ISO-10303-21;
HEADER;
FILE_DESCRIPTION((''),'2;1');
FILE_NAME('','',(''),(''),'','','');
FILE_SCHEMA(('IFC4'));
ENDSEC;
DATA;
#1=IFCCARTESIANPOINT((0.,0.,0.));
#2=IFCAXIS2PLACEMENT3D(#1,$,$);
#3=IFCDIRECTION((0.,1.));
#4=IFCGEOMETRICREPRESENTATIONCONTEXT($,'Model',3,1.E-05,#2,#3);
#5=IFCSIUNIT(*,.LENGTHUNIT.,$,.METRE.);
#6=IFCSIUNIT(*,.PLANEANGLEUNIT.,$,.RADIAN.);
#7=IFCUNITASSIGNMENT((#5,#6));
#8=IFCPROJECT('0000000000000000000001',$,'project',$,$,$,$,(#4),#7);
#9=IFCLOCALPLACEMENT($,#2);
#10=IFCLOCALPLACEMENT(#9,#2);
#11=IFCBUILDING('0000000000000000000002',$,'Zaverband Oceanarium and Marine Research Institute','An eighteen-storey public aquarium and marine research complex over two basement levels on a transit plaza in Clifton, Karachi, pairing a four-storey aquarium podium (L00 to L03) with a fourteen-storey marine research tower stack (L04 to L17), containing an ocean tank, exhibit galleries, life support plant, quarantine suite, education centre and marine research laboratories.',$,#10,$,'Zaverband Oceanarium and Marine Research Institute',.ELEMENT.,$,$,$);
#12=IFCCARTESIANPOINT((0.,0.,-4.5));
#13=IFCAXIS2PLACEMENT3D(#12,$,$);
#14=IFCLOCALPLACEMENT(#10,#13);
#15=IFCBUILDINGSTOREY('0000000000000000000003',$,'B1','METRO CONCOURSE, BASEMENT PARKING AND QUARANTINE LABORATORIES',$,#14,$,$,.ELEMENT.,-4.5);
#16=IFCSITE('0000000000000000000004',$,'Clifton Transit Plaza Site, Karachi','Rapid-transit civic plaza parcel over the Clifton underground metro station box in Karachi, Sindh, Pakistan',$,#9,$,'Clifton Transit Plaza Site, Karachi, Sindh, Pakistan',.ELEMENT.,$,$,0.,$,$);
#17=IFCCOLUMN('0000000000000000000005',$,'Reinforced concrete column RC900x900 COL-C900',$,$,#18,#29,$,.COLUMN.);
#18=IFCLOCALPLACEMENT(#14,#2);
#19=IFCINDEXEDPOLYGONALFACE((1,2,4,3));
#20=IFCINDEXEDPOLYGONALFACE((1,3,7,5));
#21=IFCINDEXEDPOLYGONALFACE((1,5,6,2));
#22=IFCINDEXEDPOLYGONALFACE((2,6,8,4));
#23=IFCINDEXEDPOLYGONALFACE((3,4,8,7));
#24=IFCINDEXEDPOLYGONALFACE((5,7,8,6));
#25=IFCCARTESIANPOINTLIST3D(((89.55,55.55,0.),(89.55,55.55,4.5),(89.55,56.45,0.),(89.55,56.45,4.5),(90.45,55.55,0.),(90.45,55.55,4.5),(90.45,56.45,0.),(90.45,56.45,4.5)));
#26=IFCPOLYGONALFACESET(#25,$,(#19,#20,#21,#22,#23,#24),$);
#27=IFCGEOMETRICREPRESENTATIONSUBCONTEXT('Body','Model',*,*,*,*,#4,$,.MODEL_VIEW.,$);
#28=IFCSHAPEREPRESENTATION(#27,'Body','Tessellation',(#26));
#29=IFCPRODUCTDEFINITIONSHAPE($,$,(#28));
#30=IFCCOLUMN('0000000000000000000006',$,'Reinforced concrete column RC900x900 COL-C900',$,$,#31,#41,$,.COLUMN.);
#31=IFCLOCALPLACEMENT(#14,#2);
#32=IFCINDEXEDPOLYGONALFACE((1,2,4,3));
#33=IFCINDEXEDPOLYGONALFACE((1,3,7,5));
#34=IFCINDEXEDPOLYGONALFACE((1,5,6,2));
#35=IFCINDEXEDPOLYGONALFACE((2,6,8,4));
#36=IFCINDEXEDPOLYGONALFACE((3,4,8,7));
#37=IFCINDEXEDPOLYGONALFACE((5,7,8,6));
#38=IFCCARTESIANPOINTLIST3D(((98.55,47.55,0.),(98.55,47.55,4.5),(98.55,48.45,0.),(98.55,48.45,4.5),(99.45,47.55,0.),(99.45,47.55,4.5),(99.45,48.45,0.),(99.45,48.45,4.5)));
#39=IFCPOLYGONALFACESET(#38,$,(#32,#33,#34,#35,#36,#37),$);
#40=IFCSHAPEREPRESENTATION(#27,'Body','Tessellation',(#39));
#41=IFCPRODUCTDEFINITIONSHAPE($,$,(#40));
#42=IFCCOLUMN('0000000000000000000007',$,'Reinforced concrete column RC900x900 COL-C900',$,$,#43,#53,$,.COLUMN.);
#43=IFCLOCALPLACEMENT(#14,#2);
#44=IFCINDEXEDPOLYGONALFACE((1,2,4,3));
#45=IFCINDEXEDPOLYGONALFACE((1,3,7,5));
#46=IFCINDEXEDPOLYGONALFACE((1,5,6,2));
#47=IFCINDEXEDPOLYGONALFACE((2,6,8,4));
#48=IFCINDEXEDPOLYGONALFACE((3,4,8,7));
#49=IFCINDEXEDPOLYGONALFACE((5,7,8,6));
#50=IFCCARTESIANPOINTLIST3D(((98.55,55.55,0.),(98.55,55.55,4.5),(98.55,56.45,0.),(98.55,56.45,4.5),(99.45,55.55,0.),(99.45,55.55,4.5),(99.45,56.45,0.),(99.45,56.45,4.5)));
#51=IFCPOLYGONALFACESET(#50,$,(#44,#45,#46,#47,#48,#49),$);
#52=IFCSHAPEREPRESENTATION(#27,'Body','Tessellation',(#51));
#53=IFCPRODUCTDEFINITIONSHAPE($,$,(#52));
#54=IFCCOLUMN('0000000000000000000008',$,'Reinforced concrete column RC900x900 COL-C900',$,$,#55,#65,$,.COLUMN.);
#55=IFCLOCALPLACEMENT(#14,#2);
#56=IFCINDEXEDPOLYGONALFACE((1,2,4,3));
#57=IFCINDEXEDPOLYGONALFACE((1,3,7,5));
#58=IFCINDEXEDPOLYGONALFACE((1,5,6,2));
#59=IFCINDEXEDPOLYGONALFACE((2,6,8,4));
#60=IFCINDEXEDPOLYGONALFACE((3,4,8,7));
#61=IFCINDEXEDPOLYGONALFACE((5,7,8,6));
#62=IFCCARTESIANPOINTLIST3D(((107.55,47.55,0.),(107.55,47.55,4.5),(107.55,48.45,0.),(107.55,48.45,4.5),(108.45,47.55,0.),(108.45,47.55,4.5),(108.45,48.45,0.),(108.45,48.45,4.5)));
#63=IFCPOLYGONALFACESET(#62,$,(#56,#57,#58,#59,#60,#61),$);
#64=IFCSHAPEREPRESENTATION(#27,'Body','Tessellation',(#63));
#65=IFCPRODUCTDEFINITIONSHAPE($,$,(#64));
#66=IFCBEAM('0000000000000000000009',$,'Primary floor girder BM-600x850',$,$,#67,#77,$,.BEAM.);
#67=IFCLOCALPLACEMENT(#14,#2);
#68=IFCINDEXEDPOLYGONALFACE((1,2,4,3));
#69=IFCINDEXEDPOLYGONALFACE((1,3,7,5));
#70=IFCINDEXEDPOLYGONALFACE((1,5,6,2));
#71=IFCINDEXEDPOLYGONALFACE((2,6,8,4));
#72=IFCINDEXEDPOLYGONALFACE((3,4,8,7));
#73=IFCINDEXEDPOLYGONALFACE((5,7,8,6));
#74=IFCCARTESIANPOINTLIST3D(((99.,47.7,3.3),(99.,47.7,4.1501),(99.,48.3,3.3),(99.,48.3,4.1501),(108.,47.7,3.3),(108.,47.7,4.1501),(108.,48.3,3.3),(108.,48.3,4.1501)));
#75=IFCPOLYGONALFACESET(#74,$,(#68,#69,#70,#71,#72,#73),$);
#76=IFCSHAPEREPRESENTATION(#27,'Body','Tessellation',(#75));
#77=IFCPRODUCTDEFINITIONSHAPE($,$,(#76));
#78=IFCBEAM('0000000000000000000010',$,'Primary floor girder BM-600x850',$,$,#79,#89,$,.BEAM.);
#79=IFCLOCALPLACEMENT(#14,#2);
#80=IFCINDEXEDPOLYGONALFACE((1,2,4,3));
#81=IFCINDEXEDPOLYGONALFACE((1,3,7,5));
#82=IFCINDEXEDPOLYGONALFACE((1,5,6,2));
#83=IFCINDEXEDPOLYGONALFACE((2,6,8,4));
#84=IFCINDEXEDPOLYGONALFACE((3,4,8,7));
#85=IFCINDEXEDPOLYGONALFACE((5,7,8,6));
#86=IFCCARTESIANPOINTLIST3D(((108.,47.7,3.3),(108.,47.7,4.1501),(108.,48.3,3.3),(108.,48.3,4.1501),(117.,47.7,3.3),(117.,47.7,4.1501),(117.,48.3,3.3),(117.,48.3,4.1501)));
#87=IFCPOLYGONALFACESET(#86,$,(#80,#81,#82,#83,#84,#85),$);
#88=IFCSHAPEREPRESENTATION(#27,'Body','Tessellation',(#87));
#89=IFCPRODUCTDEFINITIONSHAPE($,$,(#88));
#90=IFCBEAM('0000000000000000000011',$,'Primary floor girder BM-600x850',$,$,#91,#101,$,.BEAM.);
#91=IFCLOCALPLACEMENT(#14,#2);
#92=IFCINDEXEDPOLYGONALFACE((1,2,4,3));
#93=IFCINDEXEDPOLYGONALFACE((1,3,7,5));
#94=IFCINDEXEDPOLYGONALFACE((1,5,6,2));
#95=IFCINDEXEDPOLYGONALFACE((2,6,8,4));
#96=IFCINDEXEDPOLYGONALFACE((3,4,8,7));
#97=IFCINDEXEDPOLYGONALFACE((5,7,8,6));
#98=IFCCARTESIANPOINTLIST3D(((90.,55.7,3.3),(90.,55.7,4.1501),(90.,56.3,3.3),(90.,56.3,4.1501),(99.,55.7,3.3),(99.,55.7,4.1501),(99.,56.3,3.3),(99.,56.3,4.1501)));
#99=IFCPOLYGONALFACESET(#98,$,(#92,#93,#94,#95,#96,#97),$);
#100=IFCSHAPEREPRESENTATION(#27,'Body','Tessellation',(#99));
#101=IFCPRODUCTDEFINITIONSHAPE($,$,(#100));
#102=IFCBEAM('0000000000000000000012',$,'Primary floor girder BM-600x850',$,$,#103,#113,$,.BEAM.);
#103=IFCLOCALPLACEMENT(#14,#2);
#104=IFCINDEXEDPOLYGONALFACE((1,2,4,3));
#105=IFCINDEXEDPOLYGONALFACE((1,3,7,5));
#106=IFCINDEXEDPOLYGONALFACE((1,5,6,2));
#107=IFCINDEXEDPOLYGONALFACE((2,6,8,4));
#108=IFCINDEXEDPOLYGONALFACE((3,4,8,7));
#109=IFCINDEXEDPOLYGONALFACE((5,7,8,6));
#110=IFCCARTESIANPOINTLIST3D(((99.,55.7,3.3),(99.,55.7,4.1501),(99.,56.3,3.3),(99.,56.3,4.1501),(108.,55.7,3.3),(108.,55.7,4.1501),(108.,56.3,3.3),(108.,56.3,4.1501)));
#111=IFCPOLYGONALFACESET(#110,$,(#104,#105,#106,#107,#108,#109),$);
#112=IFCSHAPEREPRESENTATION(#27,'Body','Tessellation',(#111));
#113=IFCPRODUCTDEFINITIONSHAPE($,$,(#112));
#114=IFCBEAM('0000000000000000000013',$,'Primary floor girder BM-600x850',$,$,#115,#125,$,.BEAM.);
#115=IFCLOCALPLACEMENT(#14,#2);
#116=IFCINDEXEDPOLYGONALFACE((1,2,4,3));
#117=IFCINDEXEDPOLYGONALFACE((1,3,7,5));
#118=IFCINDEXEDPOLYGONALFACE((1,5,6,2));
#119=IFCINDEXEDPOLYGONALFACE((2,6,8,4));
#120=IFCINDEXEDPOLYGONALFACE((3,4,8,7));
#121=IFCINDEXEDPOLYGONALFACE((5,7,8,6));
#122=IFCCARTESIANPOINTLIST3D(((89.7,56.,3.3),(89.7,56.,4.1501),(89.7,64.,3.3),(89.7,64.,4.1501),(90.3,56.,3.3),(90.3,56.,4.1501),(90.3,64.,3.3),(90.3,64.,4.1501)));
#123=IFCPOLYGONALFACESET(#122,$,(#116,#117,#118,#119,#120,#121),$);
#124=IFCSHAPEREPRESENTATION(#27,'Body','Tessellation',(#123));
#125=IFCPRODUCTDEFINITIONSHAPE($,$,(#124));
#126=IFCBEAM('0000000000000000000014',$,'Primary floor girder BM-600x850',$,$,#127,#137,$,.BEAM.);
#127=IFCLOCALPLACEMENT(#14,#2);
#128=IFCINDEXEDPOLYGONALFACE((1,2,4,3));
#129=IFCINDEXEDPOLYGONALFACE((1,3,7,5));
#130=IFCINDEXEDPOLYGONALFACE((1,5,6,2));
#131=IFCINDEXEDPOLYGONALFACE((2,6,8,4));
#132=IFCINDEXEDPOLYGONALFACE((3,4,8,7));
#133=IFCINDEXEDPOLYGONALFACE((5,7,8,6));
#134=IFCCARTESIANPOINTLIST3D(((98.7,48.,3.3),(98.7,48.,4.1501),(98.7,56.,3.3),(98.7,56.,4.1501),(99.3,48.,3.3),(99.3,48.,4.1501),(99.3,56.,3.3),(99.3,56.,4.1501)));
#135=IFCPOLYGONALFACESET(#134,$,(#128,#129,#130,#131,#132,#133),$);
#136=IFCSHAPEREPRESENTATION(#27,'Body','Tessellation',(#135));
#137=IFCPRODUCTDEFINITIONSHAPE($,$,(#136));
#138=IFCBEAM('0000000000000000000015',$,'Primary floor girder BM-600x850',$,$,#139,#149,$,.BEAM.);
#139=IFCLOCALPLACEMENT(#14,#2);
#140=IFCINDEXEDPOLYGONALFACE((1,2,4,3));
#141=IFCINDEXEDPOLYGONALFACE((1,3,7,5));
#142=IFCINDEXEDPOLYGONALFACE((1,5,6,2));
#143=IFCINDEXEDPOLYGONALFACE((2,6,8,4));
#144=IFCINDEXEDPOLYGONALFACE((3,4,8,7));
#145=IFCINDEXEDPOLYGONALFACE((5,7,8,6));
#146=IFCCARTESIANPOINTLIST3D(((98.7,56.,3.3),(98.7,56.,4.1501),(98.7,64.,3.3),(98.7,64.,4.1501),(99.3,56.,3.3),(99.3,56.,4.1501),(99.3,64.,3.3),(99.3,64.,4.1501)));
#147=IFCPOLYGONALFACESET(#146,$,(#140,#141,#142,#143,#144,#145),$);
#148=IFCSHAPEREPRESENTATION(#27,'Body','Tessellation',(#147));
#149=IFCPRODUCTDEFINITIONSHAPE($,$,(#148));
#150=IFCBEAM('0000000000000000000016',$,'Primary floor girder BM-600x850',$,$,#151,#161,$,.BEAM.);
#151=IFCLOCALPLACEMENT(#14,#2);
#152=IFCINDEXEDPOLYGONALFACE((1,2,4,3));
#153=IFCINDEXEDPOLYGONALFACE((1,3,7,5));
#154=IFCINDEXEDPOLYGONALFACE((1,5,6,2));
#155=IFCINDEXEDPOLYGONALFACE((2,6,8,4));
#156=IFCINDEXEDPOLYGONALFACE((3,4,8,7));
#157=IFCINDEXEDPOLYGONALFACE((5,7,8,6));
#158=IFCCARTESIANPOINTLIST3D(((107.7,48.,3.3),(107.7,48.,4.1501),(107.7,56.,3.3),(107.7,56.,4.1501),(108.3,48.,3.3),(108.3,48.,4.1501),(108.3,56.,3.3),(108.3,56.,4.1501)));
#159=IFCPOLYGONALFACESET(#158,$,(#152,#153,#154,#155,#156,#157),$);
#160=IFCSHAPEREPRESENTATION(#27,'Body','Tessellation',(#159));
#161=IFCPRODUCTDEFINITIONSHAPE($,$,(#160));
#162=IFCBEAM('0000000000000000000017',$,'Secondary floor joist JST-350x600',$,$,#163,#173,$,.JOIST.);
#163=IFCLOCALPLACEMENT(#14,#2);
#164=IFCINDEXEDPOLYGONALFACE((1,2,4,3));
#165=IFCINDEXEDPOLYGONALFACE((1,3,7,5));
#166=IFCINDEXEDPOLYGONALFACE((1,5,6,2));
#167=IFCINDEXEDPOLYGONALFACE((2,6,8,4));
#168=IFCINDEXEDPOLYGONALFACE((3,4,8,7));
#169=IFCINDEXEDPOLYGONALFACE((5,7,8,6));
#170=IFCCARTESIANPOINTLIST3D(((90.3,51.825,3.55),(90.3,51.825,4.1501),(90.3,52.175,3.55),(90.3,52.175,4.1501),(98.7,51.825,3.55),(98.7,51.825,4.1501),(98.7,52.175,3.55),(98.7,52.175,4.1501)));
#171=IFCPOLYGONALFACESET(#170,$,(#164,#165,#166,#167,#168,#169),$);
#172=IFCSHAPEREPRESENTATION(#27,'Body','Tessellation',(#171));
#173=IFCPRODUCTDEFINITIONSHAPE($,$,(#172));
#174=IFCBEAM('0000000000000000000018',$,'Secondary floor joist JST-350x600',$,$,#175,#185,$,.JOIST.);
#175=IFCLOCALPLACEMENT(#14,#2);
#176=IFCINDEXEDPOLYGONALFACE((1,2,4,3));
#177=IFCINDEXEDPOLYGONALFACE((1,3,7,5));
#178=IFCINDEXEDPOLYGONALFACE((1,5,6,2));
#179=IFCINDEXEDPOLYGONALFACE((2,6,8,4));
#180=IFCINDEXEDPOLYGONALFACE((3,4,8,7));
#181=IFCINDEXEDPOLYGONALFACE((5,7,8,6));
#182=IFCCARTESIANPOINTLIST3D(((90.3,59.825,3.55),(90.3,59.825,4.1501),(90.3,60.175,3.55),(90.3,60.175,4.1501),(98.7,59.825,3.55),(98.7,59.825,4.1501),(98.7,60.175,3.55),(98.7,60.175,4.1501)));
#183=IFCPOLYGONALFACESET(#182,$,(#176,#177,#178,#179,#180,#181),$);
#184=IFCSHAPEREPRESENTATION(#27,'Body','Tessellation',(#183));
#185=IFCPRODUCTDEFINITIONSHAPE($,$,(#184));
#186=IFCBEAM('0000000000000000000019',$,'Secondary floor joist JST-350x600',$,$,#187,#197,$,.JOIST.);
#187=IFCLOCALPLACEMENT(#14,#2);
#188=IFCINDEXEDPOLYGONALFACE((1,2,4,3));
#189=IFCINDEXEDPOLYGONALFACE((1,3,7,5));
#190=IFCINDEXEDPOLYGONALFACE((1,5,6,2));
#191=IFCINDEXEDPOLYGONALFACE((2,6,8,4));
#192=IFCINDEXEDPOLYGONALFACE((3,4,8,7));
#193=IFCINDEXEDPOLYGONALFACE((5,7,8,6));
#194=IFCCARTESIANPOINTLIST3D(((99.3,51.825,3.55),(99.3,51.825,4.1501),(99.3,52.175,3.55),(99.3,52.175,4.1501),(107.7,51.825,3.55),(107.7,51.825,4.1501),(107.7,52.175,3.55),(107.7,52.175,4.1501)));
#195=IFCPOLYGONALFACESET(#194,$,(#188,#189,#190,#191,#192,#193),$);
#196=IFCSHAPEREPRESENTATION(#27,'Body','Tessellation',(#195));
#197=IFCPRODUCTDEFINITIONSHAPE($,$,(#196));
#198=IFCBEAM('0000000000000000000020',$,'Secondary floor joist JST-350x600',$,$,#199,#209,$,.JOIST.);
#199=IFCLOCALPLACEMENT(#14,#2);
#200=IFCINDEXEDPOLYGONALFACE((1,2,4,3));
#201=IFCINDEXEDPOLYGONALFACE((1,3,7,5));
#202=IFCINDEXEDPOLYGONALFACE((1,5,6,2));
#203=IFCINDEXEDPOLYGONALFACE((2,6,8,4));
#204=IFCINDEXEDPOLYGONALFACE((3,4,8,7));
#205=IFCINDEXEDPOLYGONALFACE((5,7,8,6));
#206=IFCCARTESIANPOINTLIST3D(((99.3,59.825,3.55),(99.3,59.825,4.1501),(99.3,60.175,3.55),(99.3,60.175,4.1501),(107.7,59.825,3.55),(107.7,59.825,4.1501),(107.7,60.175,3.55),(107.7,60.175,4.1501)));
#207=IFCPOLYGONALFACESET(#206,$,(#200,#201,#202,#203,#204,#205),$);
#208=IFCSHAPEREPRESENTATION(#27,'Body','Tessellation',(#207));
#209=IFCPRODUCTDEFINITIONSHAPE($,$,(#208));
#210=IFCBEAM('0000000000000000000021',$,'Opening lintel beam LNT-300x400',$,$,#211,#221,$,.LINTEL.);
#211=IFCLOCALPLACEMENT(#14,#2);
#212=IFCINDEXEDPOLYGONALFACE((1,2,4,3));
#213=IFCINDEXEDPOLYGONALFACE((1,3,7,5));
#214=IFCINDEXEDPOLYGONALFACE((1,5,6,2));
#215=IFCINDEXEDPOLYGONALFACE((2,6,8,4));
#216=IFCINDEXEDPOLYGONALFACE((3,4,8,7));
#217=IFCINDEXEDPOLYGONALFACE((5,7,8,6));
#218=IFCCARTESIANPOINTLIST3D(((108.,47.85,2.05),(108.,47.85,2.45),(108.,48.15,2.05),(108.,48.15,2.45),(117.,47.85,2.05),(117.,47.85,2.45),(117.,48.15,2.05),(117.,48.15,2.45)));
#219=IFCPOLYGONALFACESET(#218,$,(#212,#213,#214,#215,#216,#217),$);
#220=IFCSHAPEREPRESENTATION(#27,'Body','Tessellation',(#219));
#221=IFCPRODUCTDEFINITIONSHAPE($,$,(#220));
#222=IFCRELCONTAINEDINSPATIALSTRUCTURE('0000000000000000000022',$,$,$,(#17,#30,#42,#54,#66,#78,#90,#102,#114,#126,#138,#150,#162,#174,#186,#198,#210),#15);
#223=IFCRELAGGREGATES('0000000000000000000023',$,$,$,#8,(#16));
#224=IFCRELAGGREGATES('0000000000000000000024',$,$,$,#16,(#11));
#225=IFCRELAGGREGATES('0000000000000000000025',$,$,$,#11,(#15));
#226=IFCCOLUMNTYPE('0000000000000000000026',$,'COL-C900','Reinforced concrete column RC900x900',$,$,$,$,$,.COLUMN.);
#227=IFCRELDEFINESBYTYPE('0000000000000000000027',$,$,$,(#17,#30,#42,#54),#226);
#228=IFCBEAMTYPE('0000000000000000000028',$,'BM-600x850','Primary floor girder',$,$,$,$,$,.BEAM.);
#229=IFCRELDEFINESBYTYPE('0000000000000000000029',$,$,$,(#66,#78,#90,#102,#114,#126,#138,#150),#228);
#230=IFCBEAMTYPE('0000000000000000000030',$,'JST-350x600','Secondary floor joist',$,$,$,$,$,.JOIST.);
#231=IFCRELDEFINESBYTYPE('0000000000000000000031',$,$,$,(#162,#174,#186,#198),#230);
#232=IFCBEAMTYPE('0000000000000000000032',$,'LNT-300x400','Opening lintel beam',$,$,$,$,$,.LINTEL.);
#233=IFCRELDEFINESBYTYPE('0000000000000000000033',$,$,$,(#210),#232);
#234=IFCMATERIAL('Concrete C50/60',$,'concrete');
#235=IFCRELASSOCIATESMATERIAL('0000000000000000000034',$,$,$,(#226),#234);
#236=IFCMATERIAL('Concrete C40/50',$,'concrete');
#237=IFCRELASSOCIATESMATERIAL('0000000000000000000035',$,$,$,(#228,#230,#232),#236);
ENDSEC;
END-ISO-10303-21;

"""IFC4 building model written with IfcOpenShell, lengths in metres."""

from ifc_helpers import new_model, si_unit, direction, frame, origin, origin_2d, place, context, subcontext, project, spatial, rectangle, extrude, material, material_profile, profile_set, type_object, element, save


model = new_model("IFC4")

# Units and contexts
model_context = context("Model", 3, precision=1e-05, world=origin(), true_north=direction((0.0, 1.0)))
body_context = subcontext(model_context, "Body", "Model", "MODEL_VIEW")
ifc_project = project(units=[si_unit("LENGTHUNIT", "METRE"), si_unit("PLANEANGLEUNIT", "RADIAN")], contexts=[model_context])

# Site, building, storey
site_placement = place(None, origin())
site = spatial("IfcSite", under=ifc_project, at=site_placement, Name="Clifton Transit Plaza Site, Karachi", Description="Rapid-transit civic plaza parcel over the Clifton underground metro station box in Karachi, Sindh, Pakistan", LongName="Clifton Transit Plaza Site, Karachi, Sindh, Pakistan", CompositionType="ELEMENT", RefElevation=0.0)
building_placement = place(site_placement, origin())
building = spatial("IfcBuilding", under=site, at=building_placement, Name="Zaverband Oceanarium and Marine Research Institute", Description="An eighteen-storey public aquarium and marine research complex over two basement levels on a transit plaza in Clifton, Karachi, pairing a four-storey aquarium podium (L00 to L03) with a fourteen-storey marine research tower stack (L04 to L17), containing an ocean tank, exhibit galleries, life support plant, quarantine suite, education centre and marine research laboratories.", LongName="Zaverband Oceanarium and Marine Research Institute", CompositionType="ELEMENT")
storey_placement = place(building_placement, frame((0.0, 0.0, -4.5)))
storey = spatial("IfcBuildingStorey", under=building, at=storey_placement, Name="B1", Description="METRO CONCOURSE, BASEMENT PARKING AND QUARANTINE LABORATORIES", CompositionType="ELEMENT", Elevation=-4.5)

# Columns
ifc_material_1 = material(Name="Concrete C50/60", Category="concrete")
ifc_material_profile_1 = material_profile(ifc_material_1, rectangle(XDim=0.8999, YDim=0.8999, at=origin_2d()), Name="RC900x900")
ifc_profile_set_1 = profile_set([ifc_material_profile_1], Name="Concrete C50/60")
column_type = type_object("IfcColumnType", Name="COL-C900", Description="Reinforced concrete column RC900x900", PredefinedType="COLUMN", material=ifc_profile_set_1)
for number, where, z_axis, x_axis, name in (
    (1, (90.0, 56.0, 0.0), (0.0, 0.0, 1.0), (1.0, 0.0, 0.0), "Reinforced concrete column RC900x900 COL-C900"),
    (2, (99.0, 48.0, 0.0), (0.0, 0.0, 1.0), (1.0, 0.0, 0.0), "Reinforced concrete column RC900x900 COL-C900"),
    (3, (99.0, 56.0, 0.0), (0.0, 0.0, 1.0), (1.0, 0.0, 0.0), "Reinforced concrete column RC900x900 COL-C900"),
    (4, (108.0, 48.0, 0.0), (0.0, 0.0, 1.0), (1.0, 0.0, 0.0), "Reinforced concrete column RC900x900 COL-C900"),
):
    element("IfcColumn", number, at=place(storey_placement, frame(where, z_axis=z_axis, x_axis=x_axis)), inside=storey, type_object=column_type, Name=name, PredefinedType="COLUMN", context=body_context, shape_type="SweptSolid", body=[
        extrude(rectangle(XDim=0.8999, YDim=0.8999, at=origin_2d()), origin(), (0.0, 0.0, 1.0), 4.5),
    ])

# Beams
ifc_material_2 = material(Name="Concrete C40/50", Category="concrete")
ifc_material_profile_2 = material_profile(ifc_material_2, rectangle(XDim=0.6001, YDim=0.8501, at=origin_2d()), Name="RC600x850")
ifc_profile_set_2 = profile_set([ifc_material_profile_2], Name="Concrete C40/50")
beam_type_1 = type_object("IfcBeamType", Name="BM-600x850", Description="Primary floor girder", PredefinedType="BEAM", material=ifc_profile_set_2)
for number, where, z_axis, x_axis, name in (
    (5, (99.0, 48.0, 3.7251), (1.0, 0.0, 0.0), (0.0, 1.0, 0.0), "Primary floor girder BM-600x850"),
    (6, (108.0, 48.0, 3.7251), (1.0, 0.0, 0.0), (0.0, 1.0, 0.0), "Primary floor girder BM-600x850"),
    (7, (90.0, 56.0, 3.7251), (1.0, 0.0, 0.0), (0.0, 1.0, 0.0), "Primary floor girder BM-600x850"),
    (8, (99.0, 56.0, 3.7251), (1.0, 0.0, 0.0), (0.0, 1.0, 0.0), "Primary floor girder BM-600x850"),
):
    element("IfcBeam", number, at=place(storey_placement, frame(where, z_axis=z_axis, x_axis=x_axis)), inside=storey, type_object=beam_type_1, Name=name, PredefinedType="BEAM", context=body_context, shape_type="SweptSolid", body=[
        extrude(rectangle(XDim=0.6001, YDim=0.8501, at=origin_2d()), origin(), (0.0, 0.0, 1.0), 9.0),
    ])
for number, where, z_axis, x_axis, name in (
    (9, (90.0, 56.0, 3.7251), (0.0, 1.0, 0.0), (-1.0, 0.0, 0.0), "Primary floor girder BM-600x850"),
    (10, (99.0, 48.0, 3.7251), (0.0, 1.0, 0.0), (-1.0, 0.0, 0.0), "Primary floor girder BM-600x850"),
    (11, (99.0, 56.0, 3.7251), (0.0, 1.0, 0.0), (-1.0, 0.0, 0.0), "Primary floor girder BM-600x850"),
    (12, (108.0, 48.0, 3.7251), (0.0, 1.0, 0.0), (-1.0, 0.0, 0.0), "Primary floor girder BM-600x850"),
):
    element("IfcBeam", number, at=place(storey_placement, frame(where, z_axis=z_axis, x_axis=x_axis)), inside=storey, type_object=beam_type_1, Name=name, PredefinedType="BEAM", context=body_context, shape_type="SweptSolid", body=[
        extrude(rectangle(XDim=0.6001, YDim=0.8501, at=origin_2d()), origin(), (0.0, 0.0, 1.0), 8.0),
    ])
ifc_material_profile_3 = material_profile(ifc_material_2, rectangle(XDim=0.3501, YDim=0.6001, at=origin_2d()), Name="RC350x600")
ifc_profile_set_3 = profile_set([ifc_material_profile_3], Name="Concrete C40/50")
beam_type_2 = type_object("IfcBeamType", Name="JST-350x600", Description="Secondary floor joist", PredefinedType="JOIST", material=ifc_profile_set_3)
for number, where, z_axis, x_axis, name in (
    (13, (90.3, 52.0, 3.8501), (1.0, 0.0, 0.0), (0.0, 1.0, 0.0), "Secondary floor joist JST-350x600"),
    (14, (90.3, 60.0, 3.8501), (1.0, 0.0, 0.0), (0.0, 1.0, 0.0), "Secondary floor joist JST-350x600"),
    (15, (99.3, 52.0, 3.8501), (1.0, 0.0, 0.0), (0.0, 1.0, 0.0), "Secondary floor joist JST-350x600"),
    (16, (99.3, 60.0, 3.8501), (1.0, 0.0, 0.0), (0.0, 1.0, 0.0), "Secondary floor joist JST-350x600"),
):
    element("IfcBeam", number, at=place(storey_placement, frame(where, z_axis=z_axis, x_axis=x_axis)), inside=storey, type_object=beam_type_2, Name=name, PredefinedType="JOIST", context=body_context, shape_type="SweptSolid", body=[
        extrude(rectangle(XDim=0.3501, YDim=0.6001, at=origin_2d()), origin(), (0.0, 0.0, 1.0), 8.3999),
    ])
ifc_material_profile_4 = material_profile(ifc_material_2, rectangle(XDim=0.3, YDim=0.3999, at=origin_2d()), Name="RC300x400")
ifc_profile_set_4 = profile_set([ifc_material_profile_4], Name="Concrete C40/50")
beam_type_3 = type_object("IfcBeamType", Name="LNT-300x400", Description="Opening lintel beam", PredefinedType="LINTEL", material=ifc_profile_set_4)
beam_placement = place(storey_placement, frame((108.0, 48.0, 2.25), z_axis=(1.0, 0.0, 0.0), x_axis=(0.0, 1.0, 0.0)))
element("IfcBeam", 17, at=beam_placement, inside=storey, type_object=beam_type_3, Name="Opening lintel beam LNT-300x400", PredefinedType="LINTEL", context=body_context, shape_type="SweptSolid", body=[
    extrude(rectangle(XDim=0.3, YDim=0.3999, at=origin_2d()), origin(), (0.0, 0.0, 1.0), 9.0),
])

save(model, "model.ifc")
